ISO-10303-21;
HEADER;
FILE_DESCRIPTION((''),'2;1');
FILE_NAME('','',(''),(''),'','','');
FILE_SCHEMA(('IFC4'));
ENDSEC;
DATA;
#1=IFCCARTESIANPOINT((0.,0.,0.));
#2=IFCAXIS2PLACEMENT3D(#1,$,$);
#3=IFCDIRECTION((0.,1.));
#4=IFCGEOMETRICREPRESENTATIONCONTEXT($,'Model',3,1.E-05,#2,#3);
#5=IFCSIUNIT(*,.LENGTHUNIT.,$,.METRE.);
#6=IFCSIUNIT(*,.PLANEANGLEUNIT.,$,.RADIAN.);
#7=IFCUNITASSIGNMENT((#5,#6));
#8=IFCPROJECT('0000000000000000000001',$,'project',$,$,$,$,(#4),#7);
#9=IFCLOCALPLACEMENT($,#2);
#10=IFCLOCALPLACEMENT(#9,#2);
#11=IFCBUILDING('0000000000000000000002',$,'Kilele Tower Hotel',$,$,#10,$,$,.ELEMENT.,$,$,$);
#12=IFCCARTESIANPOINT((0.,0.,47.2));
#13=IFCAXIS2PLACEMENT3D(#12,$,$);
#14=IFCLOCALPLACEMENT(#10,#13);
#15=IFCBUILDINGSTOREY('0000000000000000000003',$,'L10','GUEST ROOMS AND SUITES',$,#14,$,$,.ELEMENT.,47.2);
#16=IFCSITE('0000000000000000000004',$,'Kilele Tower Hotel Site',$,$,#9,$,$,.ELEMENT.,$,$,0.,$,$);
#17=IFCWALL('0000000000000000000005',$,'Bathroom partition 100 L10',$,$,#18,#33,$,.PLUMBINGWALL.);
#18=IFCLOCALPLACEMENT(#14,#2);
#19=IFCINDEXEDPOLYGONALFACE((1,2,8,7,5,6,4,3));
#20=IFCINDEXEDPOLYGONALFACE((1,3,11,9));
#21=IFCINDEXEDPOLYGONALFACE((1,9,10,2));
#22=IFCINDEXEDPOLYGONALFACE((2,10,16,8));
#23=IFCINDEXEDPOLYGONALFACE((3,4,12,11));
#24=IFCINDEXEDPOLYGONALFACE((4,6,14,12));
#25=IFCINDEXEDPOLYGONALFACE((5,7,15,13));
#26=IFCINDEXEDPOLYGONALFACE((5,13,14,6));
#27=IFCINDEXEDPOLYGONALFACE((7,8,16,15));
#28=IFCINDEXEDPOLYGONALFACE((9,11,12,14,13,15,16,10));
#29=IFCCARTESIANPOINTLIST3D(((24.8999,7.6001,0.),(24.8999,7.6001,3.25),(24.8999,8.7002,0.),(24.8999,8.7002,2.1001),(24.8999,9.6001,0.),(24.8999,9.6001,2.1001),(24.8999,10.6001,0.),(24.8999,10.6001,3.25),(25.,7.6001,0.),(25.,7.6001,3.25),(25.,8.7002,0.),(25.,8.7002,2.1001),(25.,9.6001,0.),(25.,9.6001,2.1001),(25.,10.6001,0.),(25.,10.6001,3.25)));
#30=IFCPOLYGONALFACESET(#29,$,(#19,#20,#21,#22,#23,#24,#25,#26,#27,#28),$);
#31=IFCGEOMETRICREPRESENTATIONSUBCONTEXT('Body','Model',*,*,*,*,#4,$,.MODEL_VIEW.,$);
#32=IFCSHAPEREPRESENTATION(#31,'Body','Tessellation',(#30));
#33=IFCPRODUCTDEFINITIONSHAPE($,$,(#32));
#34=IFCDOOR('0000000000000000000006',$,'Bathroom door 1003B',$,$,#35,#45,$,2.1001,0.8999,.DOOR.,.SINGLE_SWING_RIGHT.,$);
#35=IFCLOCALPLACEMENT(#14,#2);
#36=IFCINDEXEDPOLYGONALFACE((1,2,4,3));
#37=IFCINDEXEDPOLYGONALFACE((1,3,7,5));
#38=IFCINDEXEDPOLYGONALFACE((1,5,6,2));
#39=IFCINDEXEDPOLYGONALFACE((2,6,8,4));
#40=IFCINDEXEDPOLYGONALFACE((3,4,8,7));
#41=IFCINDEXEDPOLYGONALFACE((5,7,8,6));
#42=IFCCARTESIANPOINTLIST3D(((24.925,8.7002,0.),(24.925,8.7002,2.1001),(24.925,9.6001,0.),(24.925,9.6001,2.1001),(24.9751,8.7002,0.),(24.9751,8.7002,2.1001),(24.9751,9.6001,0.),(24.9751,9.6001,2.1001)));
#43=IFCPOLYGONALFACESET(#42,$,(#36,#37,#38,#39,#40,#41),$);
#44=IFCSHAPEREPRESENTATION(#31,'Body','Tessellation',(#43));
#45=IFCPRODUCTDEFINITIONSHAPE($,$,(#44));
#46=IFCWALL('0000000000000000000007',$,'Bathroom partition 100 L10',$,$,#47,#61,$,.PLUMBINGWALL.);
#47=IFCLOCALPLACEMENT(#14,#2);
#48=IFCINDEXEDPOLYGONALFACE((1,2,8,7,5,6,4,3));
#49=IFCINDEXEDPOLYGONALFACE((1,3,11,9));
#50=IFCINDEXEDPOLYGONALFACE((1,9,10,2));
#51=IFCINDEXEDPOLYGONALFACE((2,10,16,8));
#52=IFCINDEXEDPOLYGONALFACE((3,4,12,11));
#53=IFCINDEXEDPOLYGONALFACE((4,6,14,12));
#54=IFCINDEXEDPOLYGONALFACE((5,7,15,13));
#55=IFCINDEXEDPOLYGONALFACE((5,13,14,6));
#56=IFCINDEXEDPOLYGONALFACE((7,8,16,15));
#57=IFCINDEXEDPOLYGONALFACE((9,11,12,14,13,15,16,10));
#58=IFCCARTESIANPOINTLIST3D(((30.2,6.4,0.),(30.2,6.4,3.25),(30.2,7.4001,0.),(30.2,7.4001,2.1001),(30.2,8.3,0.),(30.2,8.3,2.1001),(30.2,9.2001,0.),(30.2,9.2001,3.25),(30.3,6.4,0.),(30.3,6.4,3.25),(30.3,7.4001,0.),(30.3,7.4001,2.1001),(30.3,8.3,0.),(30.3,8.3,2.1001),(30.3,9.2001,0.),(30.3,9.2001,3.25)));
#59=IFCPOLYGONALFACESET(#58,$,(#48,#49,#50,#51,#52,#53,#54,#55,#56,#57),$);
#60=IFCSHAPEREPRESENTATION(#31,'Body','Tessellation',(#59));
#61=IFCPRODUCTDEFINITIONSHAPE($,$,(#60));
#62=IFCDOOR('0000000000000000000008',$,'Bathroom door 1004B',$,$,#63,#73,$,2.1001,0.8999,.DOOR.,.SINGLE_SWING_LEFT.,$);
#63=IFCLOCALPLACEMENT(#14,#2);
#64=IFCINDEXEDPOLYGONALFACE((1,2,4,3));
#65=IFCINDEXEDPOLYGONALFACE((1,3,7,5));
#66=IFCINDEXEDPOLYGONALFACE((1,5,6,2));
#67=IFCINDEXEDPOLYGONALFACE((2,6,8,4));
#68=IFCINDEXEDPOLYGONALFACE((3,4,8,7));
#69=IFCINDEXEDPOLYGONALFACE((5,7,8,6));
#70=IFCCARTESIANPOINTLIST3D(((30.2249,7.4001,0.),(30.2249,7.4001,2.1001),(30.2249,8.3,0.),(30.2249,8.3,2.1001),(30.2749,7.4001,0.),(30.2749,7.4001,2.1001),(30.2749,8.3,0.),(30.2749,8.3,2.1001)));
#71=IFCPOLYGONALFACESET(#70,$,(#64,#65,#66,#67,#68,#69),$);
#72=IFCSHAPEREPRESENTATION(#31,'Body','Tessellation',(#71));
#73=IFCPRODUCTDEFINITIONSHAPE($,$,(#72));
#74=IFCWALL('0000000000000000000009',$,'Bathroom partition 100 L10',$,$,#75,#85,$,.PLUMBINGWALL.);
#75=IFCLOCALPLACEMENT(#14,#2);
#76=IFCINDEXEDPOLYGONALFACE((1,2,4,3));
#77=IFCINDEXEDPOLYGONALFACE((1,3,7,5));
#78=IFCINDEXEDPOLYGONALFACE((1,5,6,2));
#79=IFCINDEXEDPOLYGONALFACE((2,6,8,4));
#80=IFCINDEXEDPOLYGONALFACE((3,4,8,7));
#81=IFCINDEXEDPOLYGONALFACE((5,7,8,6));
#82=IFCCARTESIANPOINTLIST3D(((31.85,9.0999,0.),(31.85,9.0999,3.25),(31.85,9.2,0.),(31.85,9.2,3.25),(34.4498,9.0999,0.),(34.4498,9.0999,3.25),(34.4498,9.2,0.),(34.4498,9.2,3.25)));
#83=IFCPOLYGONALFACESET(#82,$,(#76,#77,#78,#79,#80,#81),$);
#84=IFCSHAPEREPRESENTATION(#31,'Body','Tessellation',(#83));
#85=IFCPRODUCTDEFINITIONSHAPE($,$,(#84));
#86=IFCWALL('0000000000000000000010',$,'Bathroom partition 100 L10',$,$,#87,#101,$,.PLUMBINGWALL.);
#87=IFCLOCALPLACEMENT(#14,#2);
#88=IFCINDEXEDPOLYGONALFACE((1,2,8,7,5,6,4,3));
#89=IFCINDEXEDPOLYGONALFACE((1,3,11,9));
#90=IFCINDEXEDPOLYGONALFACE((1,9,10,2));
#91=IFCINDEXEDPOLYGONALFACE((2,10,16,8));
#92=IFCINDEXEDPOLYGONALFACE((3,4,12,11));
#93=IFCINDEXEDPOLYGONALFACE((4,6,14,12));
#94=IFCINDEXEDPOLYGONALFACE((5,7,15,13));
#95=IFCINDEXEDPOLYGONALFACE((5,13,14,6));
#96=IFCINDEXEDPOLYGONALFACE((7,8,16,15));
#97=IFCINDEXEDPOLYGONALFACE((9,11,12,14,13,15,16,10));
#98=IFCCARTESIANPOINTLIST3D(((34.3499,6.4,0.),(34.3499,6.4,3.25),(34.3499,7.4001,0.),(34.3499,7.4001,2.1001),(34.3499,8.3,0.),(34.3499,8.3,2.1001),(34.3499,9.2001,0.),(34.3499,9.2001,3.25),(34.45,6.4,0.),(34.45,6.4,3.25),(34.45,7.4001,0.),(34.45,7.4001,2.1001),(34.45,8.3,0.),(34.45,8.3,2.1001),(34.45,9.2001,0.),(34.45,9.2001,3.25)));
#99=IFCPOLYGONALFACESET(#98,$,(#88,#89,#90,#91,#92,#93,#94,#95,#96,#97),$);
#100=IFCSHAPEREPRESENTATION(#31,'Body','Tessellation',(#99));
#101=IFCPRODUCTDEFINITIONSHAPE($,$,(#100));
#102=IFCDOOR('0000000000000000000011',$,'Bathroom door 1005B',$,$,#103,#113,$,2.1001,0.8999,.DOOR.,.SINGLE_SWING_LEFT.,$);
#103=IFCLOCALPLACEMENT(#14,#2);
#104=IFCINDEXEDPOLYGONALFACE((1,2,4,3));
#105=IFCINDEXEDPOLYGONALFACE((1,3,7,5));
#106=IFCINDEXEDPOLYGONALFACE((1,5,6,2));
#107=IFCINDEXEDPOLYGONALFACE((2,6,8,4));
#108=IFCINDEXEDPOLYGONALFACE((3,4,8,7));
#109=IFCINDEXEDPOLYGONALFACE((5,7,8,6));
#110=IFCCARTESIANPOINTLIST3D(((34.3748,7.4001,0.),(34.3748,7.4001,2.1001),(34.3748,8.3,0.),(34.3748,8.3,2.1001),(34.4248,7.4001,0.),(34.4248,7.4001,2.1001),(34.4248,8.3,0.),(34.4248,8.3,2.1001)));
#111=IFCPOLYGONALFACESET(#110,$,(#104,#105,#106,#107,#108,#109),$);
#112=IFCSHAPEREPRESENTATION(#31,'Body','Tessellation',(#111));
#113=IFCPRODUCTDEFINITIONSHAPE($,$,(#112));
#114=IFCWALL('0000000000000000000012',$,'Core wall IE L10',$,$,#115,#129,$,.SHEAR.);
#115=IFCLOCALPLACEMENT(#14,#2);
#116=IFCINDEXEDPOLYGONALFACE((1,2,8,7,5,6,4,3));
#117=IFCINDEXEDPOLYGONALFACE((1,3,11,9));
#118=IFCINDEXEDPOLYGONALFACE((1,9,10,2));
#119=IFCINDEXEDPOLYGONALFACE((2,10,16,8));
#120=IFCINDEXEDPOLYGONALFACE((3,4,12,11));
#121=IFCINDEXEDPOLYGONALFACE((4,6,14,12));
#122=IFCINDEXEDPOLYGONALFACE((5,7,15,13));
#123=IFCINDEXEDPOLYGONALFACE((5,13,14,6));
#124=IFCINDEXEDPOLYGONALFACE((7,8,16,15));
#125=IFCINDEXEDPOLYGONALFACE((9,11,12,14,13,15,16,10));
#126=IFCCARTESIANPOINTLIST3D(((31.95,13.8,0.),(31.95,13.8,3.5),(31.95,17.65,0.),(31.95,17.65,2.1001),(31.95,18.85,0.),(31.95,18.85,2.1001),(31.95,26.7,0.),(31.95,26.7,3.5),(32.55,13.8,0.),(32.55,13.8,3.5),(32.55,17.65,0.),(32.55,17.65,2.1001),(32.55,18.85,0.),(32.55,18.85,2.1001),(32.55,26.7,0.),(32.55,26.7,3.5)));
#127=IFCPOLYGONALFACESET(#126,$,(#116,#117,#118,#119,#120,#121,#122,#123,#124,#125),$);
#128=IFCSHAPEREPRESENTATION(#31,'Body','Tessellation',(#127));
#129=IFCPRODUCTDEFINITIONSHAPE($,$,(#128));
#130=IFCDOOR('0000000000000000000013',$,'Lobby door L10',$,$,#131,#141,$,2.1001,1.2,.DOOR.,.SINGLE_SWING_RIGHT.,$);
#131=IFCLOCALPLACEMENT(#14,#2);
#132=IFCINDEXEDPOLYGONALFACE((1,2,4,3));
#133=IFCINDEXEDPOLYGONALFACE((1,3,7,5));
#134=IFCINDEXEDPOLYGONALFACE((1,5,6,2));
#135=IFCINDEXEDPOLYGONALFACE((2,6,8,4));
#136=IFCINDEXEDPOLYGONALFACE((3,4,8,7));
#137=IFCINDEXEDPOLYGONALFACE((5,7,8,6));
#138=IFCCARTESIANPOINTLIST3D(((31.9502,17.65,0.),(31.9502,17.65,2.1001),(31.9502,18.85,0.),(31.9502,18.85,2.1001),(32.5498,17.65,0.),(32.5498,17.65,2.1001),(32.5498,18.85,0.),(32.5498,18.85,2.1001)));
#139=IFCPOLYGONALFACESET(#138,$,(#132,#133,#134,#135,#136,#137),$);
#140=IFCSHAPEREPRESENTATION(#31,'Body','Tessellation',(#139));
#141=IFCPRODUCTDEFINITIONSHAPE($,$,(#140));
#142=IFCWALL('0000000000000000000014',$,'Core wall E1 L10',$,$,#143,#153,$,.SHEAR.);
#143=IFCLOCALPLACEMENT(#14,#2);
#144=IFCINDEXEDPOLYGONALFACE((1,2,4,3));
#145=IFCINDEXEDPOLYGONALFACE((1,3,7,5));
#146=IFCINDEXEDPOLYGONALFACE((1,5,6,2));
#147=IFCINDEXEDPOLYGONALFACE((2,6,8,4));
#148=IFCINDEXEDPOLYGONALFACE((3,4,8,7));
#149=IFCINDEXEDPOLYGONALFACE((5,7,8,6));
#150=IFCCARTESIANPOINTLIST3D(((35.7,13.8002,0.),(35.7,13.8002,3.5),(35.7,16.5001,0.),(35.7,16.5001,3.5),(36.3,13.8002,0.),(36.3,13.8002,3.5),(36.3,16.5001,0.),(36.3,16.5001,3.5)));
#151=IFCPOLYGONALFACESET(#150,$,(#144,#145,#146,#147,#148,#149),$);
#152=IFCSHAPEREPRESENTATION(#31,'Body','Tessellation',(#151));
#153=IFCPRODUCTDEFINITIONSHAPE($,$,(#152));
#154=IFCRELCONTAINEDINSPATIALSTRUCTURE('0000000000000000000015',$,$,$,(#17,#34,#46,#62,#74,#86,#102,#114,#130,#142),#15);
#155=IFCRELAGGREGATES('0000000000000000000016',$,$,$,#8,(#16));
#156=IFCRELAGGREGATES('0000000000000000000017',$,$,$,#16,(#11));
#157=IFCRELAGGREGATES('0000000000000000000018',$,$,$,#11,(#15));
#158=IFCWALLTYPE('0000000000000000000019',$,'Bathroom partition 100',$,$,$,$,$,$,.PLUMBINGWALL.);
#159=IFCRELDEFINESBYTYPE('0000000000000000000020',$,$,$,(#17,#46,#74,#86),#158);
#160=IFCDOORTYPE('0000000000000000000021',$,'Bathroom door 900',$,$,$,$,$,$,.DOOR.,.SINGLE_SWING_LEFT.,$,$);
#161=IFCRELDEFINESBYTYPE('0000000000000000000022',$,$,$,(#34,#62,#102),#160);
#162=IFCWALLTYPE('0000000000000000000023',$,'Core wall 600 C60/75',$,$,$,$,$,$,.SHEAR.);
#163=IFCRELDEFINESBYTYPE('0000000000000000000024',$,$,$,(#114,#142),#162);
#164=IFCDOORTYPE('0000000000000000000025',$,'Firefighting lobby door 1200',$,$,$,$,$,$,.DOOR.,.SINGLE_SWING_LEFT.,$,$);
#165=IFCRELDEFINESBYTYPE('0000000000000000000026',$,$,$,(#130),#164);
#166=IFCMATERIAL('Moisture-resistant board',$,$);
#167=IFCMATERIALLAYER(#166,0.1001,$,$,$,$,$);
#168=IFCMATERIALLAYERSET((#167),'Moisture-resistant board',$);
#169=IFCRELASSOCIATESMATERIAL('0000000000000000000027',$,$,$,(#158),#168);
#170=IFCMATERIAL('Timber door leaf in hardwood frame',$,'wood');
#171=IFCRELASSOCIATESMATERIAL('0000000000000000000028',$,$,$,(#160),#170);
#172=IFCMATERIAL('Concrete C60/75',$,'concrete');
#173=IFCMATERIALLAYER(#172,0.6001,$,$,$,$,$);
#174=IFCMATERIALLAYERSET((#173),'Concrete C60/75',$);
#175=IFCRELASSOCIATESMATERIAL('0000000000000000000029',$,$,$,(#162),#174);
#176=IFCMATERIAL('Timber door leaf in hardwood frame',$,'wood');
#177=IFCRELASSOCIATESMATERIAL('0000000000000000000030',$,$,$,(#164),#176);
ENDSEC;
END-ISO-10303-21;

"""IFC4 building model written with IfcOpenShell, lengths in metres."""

from ifc_helpers import new_model, si_unit, direction, frame, frame_2d, origin, place, context, subcontext, project, spatial, rectangle, extrude, material, layer, layer_set, type_object, element, fill, save


model = new_model("IFC4")

# Units and contexts
model_context = context("Model", 3, precision=1e-05, world=origin(), true_north=direction((0.0, 1.0)))
body_context = subcontext(model_context, "Body", "Model", "MODEL_VIEW")
ifc_project = project(units=[si_unit("LENGTHUNIT", "METRE"), si_unit("PLANEANGLEUNIT", "RADIAN")], contexts=[model_context])

# Site, building, storey
site_placement = place(None, origin())
site = spatial("IfcSite", under=ifc_project, at=site_placement, Name="Kilele Tower Hotel Site", CompositionType="ELEMENT", RefElevation=0.0)
building_placement = place(site_placement, origin())
building = spatial("IfcBuilding", under=site, at=building_placement, Name="Kilele Tower Hotel", CompositionType="ELEMENT")
storey_placement = place(building_placement, frame((0.0, 0.0, 47.2)))
storey = spatial("IfcBuildingStorey", under=building, at=storey_placement, Name="L10", Description="GUEST ROOMS AND SUITES", CompositionType="ELEMENT", Elevation=47.2)

# Walls, openings, doors
ifc_material_1 = material(Name="Moisture-resistant board")
ifc_layer_1 = layer(ifc_material_1, 0.1001)
ifc_layer_set_1 = layer_set([ifc_layer_1], Name="Moisture-resistant board")
wall_type_1 = type_object("IfcWallType", Name="Bathroom partition 100", PredefinedType="PLUMBINGWALL", material=ifc_layer_set_1)
wall_1_placement = place(storey_placement, frame((24.95, 10.6001, 0.0), z_axis=(0.0, 0.0, 1.0), x_axis=(0.0, -1.0, 0.0)))
wall_1 = element("IfcWall", 1, at=wall_1_placement, inside=storey, type_object=wall_type_1, Name="Bathroom partition 100 L10", PredefinedType="PLUMBINGWALL", context=body_context, shape_type="SweptSolid", body=[
    extrude(rectangle(XDim=3.0, YDim=0.1001, at=frame_2d((1.5, 0.0))), origin(), (0.0, 0.0, 1.0), 3.25),
])
opening_1_placement = place(wall_1_placement, frame((1.8999, 0.0, 0.0), z_axis=(0.0, 0.0, 1.0), x_axis=(-1.0, 0.0, 0.0)))
opening_1 = element("IfcOpeningElement", 2, at=opening_1_placement, cuts=wall_1, PredefinedType="OPENING", context=body_context, shape_type="SweptSolid", body=[
    extrude(rectangle(XDim=0.8999, YDim=2.1001, at=frame_2d((0.45, 1.05))), frame((0.0, 0.0601, 0.0), z_axis=(0.0, -1.0, 0.0), x_axis=(1.0, 0.0, 0.0)), (0.0, 0.0, 1.0), 0.1201),
])
ifc_material_2 = material(Name="Timber door leaf in hardwood frame", Category="wood")
door_type_1 = type_object("IfcDoorType", Name="Bathroom door 900", OperationType="SINGLE_SWING_LEFT", PredefinedType="DOOR", material=ifc_material_2)
door_1_placement = place(opening_1_placement, origin())
door_1 = element("IfcDoor", 3, at=door_1_placement, inside=storey, type_object=door_type_1, Name="Bathroom door 1003B", OperationType="SINGLE_SWING_RIGHT", OverallHeight=2.1001, OverallWidth=0.8999, PredefinedType="DOOR", context=body_context, shape_type="SweptSolid", body=[
    extrude(rectangle(XDim=0.8999, YDim=2.1001, at=frame_2d((0.45, 1.05))), frame((0.0, 0.0249, 0.0), z_axis=(0.0, -1.0, 0.0), x_axis=(1.0, 0.0, 0.0)), (0.0, 0.0, 1.0), 0.05),
])
fill(opening_1, door_1)
wall_2_placement = place(storey_placement, frame((30.25, 9.2, 0.0), z_axis=(0.0, 0.0, 1.0), x_axis=(0.0, -1.0, 0.0)))
wall_2 = element("IfcWall", 4, at=wall_2_placement, inside=storey, type_object=wall_type_1, Name="Bathroom partition 100 L10", PredefinedType="PLUMBINGWALL", context=body_context, shape_type="SweptSolid", body=[
    extrude(rectangle(XDim=2.8, YDim=0.1001, at=frame_2d((1.3999, 0.0))), origin(), (0.0, 0.0, 1.0), 3.25),
])
opening_2_placement = place(wall_2_placement, frame((0.8999, 0.0, 0.0)))
opening_2 = element("IfcOpeningElement", 5, at=opening_2_placement, cuts=wall_2, PredefinedType="OPENING", context=body_context, shape_type="SweptSolid", body=[
    extrude(rectangle(XDim=0.8999, YDim=2.1001, at=frame_2d((0.45, 1.05))), frame((0.0, 0.0601, 0.0), z_axis=(0.0, -1.0, 0.0), x_axis=(1.0, 0.0, 0.0)), (0.0, 0.0, 1.0), 0.1201),
])
door_2_placement = place(opening_2_placement, origin())
door_2 = element("IfcDoor", 6, at=door_2_placement, inside=storey, type_object=door_type_1, Name="Bathroom door 1004B", OperationType="SINGLE_SWING_LEFT", OverallHeight=2.1001, OverallWidth=0.8999, PredefinedType="DOOR", context=body_context, shape_type="SweptSolid", body=[
    extrude(rectangle(XDim=0.8999, YDim=2.1001, at=frame_2d((0.45, 1.05))), frame((0.0, 0.0249, 0.0), z_axis=(0.0, -1.0, 0.0), x_axis=(1.0, 0.0, 0.0)), (0.0, 0.0, 1.0), 0.05),
])
fill(opening_2, door_2)

# Wall
wall_3_placement = place(storey_placement, frame((31.8501, 9.1499, 0.0), z_axis=(0.0, 0.0, 1.0), x_axis=(1.0, 0.0, 0.0)))
element("IfcWall", 7, at=wall_3_placement, inside=storey, type_object=wall_type_1, Name="Bathroom partition 100 L10", PredefinedType="PLUMBINGWALL", context=body_context, shape_type="SweptSolid", body=[
    extrude(rectangle(XDim=2.5999, YDim=0.1001, at=frame_2d((1.2998, 0.0))), origin(), (0.0, 0.0, 1.0), 3.25),
])

# Walls, openings, doors
wall_4_placement = place(storey_placement, frame((34.3999, 9.2, 0.0), z_axis=(0.0, 0.0, 1.0), x_axis=(0.0, -1.0, 0.0)))
wall_4 = element("IfcWall", 8, at=wall_4_placement, inside=storey, type_object=wall_type_1, Name="Bathroom partition 100 L10", PredefinedType="PLUMBINGWALL", context=body_context, shape_type="SweptSolid", body=[
    extrude(rectangle(XDim=2.8, YDim=0.1001, at=frame_2d((1.3999, 0.0))), origin(), (0.0, 0.0, 1.0), 3.25),
])
opening_3_placement = place(wall_4_placement, frame((0.8999, 0.0, 0.0)))
opening_3 = element("IfcOpeningElement", 9, at=opening_3_placement, cuts=wall_4, PredefinedType="OPENING", context=body_context, shape_type="SweptSolid", body=[
    extrude(rectangle(XDim=0.8999, YDim=2.1001, at=frame_2d((0.45, 1.05))), frame((0.0, 0.0601, 0.0), z_axis=(0.0, -1.0, 0.0), x_axis=(1.0, 0.0, 0.0)), (0.0, 0.0, 1.0), 0.1201),
])
door_3_placement = place(opening_3_placement, origin())
door_3 = element("IfcDoor", 10, at=door_3_placement, inside=storey, type_object=door_type_1, Name="Bathroom door 1005B", OperationType="SINGLE_SWING_LEFT", OverallHeight=2.1001, OverallWidth=0.8999, PredefinedType="DOOR", context=body_context, shape_type="SweptSolid", body=[
    extrude(rectangle(XDim=0.8999, YDim=2.1001, at=frame_2d((0.45, 1.05))), frame((0.0, 0.0249, 0.0), z_axis=(0.0, -1.0, 0.0), x_axis=(1.0, 0.0, 0.0)), (0.0, 0.0, 1.0), 0.05),
])
fill(opening_3, door_3)
ifc_material_3 = material(Name="Concrete C60/75", Category="concrete")
ifc_layer_2 = layer(ifc_material_3, 0.6001)
ifc_layer_set_2 = layer_set([ifc_layer_2], Name="Concrete C60/75")
wall_type_2 = type_object("IfcWallType", Name="Core wall 600 C60/75", PredefinedType="SHEAR", material=ifc_layer_set_2)
wall_5_placement = place(storey_placement, frame((32.25, 13.8, 0.0), z_axis=(0.0, 0.0, 1.0), x_axis=(0.0, 1.0, 0.0)))
wall_5 = element("IfcWall", 11, at=wall_5_placement, inside=storey, type_object=wall_type_2, Name="Core wall IE L10", PredefinedType="SHEAR", context=body_context, shape_type="SweptSolid", body=[
    extrude(rectangle(XDim=12.8999, YDim=0.6001, at=frame_2d((6.45, 0.0))), origin(), (0.0, 0.0, 1.0), 3.5),
])
opening_4_placement = place(wall_5_placement, frame((5.05, 0.0, 0.0), z_axis=(0.0, 0.0, 1.0), x_axis=(-1.0, 0.0, 0.0)))
opening_4 = element("IfcOpeningElement", 12, at=opening_4_placement, cuts=wall_5, PredefinedType="OPENING", context=body_context, shape_type="SweptSolid", body=[
    extrude(rectangle(XDim=1.2, YDim=2.1001, at=frame_2d((0.6001, 1.05))), frame((0.0, 0.3101, 0.0), z_axis=(0.0, -1.0, 0.0), x_axis=(1.0, 0.0, 0.0)), (0.0, 0.0, 1.0), 0.6201),
])
ifc_material_4 = material(Name="Timber door leaf in hardwood frame", Category="wood")
door_type_2 = type_object("IfcDoorType", Name="Firefighting lobby door 1200", OperationType="SINGLE_SWING_LEFT", PredefinedType="DOOR", material=ifc_material_4)
door_4_placement = place(opening_4_placement, origin())
door_4 = element("IfcDoor", 13, at=door_4_placement, inside=storey, type_object=door_type_2, Name="Lobby door L10", OperationType="SINGLE_SWING_RIGHT", OverallHeight=2.1001, OverallWidth=1.2, PredefinedType="DOOR", context=body_context, shape_type="SweptSolid", body=[
    extrude(rectangle(XDim=1.2, YDim=2.1001, at=frame_2d((0.6001, 1.05))), frame((0.0, 0.2998, 0.0), z_axis=(0.0, -1.0, 0.0), x_axis=(1.0, 0.0, 0.0)), (0.0, 0.0, 1.0), 0.5996),
])
fill(opening_4, door_4)

# Wall
wall_6_placement = place(storey_placement, frame((36.0, 13.8, 0.0), z_axis=(0.0, 0.0, 1.0), x_axis=(0.0, 1.0, 0.0)))
element("IfcWall", 14, at=wall_6_placement, inside=storey, type_object=wall_type_2, Name="Core wall E1 L10", PredefinedType="SHEAR", context=body_context, shape_type="SweptSolid", body=[
    extrude(rectangle(XDim=2.7, YDim=0.6001, at=frame_2d((1.3501, 0.0))), origin(), (0.0, 0.0, 1.0), 3.5),
])

save(model, "model.ifc")
